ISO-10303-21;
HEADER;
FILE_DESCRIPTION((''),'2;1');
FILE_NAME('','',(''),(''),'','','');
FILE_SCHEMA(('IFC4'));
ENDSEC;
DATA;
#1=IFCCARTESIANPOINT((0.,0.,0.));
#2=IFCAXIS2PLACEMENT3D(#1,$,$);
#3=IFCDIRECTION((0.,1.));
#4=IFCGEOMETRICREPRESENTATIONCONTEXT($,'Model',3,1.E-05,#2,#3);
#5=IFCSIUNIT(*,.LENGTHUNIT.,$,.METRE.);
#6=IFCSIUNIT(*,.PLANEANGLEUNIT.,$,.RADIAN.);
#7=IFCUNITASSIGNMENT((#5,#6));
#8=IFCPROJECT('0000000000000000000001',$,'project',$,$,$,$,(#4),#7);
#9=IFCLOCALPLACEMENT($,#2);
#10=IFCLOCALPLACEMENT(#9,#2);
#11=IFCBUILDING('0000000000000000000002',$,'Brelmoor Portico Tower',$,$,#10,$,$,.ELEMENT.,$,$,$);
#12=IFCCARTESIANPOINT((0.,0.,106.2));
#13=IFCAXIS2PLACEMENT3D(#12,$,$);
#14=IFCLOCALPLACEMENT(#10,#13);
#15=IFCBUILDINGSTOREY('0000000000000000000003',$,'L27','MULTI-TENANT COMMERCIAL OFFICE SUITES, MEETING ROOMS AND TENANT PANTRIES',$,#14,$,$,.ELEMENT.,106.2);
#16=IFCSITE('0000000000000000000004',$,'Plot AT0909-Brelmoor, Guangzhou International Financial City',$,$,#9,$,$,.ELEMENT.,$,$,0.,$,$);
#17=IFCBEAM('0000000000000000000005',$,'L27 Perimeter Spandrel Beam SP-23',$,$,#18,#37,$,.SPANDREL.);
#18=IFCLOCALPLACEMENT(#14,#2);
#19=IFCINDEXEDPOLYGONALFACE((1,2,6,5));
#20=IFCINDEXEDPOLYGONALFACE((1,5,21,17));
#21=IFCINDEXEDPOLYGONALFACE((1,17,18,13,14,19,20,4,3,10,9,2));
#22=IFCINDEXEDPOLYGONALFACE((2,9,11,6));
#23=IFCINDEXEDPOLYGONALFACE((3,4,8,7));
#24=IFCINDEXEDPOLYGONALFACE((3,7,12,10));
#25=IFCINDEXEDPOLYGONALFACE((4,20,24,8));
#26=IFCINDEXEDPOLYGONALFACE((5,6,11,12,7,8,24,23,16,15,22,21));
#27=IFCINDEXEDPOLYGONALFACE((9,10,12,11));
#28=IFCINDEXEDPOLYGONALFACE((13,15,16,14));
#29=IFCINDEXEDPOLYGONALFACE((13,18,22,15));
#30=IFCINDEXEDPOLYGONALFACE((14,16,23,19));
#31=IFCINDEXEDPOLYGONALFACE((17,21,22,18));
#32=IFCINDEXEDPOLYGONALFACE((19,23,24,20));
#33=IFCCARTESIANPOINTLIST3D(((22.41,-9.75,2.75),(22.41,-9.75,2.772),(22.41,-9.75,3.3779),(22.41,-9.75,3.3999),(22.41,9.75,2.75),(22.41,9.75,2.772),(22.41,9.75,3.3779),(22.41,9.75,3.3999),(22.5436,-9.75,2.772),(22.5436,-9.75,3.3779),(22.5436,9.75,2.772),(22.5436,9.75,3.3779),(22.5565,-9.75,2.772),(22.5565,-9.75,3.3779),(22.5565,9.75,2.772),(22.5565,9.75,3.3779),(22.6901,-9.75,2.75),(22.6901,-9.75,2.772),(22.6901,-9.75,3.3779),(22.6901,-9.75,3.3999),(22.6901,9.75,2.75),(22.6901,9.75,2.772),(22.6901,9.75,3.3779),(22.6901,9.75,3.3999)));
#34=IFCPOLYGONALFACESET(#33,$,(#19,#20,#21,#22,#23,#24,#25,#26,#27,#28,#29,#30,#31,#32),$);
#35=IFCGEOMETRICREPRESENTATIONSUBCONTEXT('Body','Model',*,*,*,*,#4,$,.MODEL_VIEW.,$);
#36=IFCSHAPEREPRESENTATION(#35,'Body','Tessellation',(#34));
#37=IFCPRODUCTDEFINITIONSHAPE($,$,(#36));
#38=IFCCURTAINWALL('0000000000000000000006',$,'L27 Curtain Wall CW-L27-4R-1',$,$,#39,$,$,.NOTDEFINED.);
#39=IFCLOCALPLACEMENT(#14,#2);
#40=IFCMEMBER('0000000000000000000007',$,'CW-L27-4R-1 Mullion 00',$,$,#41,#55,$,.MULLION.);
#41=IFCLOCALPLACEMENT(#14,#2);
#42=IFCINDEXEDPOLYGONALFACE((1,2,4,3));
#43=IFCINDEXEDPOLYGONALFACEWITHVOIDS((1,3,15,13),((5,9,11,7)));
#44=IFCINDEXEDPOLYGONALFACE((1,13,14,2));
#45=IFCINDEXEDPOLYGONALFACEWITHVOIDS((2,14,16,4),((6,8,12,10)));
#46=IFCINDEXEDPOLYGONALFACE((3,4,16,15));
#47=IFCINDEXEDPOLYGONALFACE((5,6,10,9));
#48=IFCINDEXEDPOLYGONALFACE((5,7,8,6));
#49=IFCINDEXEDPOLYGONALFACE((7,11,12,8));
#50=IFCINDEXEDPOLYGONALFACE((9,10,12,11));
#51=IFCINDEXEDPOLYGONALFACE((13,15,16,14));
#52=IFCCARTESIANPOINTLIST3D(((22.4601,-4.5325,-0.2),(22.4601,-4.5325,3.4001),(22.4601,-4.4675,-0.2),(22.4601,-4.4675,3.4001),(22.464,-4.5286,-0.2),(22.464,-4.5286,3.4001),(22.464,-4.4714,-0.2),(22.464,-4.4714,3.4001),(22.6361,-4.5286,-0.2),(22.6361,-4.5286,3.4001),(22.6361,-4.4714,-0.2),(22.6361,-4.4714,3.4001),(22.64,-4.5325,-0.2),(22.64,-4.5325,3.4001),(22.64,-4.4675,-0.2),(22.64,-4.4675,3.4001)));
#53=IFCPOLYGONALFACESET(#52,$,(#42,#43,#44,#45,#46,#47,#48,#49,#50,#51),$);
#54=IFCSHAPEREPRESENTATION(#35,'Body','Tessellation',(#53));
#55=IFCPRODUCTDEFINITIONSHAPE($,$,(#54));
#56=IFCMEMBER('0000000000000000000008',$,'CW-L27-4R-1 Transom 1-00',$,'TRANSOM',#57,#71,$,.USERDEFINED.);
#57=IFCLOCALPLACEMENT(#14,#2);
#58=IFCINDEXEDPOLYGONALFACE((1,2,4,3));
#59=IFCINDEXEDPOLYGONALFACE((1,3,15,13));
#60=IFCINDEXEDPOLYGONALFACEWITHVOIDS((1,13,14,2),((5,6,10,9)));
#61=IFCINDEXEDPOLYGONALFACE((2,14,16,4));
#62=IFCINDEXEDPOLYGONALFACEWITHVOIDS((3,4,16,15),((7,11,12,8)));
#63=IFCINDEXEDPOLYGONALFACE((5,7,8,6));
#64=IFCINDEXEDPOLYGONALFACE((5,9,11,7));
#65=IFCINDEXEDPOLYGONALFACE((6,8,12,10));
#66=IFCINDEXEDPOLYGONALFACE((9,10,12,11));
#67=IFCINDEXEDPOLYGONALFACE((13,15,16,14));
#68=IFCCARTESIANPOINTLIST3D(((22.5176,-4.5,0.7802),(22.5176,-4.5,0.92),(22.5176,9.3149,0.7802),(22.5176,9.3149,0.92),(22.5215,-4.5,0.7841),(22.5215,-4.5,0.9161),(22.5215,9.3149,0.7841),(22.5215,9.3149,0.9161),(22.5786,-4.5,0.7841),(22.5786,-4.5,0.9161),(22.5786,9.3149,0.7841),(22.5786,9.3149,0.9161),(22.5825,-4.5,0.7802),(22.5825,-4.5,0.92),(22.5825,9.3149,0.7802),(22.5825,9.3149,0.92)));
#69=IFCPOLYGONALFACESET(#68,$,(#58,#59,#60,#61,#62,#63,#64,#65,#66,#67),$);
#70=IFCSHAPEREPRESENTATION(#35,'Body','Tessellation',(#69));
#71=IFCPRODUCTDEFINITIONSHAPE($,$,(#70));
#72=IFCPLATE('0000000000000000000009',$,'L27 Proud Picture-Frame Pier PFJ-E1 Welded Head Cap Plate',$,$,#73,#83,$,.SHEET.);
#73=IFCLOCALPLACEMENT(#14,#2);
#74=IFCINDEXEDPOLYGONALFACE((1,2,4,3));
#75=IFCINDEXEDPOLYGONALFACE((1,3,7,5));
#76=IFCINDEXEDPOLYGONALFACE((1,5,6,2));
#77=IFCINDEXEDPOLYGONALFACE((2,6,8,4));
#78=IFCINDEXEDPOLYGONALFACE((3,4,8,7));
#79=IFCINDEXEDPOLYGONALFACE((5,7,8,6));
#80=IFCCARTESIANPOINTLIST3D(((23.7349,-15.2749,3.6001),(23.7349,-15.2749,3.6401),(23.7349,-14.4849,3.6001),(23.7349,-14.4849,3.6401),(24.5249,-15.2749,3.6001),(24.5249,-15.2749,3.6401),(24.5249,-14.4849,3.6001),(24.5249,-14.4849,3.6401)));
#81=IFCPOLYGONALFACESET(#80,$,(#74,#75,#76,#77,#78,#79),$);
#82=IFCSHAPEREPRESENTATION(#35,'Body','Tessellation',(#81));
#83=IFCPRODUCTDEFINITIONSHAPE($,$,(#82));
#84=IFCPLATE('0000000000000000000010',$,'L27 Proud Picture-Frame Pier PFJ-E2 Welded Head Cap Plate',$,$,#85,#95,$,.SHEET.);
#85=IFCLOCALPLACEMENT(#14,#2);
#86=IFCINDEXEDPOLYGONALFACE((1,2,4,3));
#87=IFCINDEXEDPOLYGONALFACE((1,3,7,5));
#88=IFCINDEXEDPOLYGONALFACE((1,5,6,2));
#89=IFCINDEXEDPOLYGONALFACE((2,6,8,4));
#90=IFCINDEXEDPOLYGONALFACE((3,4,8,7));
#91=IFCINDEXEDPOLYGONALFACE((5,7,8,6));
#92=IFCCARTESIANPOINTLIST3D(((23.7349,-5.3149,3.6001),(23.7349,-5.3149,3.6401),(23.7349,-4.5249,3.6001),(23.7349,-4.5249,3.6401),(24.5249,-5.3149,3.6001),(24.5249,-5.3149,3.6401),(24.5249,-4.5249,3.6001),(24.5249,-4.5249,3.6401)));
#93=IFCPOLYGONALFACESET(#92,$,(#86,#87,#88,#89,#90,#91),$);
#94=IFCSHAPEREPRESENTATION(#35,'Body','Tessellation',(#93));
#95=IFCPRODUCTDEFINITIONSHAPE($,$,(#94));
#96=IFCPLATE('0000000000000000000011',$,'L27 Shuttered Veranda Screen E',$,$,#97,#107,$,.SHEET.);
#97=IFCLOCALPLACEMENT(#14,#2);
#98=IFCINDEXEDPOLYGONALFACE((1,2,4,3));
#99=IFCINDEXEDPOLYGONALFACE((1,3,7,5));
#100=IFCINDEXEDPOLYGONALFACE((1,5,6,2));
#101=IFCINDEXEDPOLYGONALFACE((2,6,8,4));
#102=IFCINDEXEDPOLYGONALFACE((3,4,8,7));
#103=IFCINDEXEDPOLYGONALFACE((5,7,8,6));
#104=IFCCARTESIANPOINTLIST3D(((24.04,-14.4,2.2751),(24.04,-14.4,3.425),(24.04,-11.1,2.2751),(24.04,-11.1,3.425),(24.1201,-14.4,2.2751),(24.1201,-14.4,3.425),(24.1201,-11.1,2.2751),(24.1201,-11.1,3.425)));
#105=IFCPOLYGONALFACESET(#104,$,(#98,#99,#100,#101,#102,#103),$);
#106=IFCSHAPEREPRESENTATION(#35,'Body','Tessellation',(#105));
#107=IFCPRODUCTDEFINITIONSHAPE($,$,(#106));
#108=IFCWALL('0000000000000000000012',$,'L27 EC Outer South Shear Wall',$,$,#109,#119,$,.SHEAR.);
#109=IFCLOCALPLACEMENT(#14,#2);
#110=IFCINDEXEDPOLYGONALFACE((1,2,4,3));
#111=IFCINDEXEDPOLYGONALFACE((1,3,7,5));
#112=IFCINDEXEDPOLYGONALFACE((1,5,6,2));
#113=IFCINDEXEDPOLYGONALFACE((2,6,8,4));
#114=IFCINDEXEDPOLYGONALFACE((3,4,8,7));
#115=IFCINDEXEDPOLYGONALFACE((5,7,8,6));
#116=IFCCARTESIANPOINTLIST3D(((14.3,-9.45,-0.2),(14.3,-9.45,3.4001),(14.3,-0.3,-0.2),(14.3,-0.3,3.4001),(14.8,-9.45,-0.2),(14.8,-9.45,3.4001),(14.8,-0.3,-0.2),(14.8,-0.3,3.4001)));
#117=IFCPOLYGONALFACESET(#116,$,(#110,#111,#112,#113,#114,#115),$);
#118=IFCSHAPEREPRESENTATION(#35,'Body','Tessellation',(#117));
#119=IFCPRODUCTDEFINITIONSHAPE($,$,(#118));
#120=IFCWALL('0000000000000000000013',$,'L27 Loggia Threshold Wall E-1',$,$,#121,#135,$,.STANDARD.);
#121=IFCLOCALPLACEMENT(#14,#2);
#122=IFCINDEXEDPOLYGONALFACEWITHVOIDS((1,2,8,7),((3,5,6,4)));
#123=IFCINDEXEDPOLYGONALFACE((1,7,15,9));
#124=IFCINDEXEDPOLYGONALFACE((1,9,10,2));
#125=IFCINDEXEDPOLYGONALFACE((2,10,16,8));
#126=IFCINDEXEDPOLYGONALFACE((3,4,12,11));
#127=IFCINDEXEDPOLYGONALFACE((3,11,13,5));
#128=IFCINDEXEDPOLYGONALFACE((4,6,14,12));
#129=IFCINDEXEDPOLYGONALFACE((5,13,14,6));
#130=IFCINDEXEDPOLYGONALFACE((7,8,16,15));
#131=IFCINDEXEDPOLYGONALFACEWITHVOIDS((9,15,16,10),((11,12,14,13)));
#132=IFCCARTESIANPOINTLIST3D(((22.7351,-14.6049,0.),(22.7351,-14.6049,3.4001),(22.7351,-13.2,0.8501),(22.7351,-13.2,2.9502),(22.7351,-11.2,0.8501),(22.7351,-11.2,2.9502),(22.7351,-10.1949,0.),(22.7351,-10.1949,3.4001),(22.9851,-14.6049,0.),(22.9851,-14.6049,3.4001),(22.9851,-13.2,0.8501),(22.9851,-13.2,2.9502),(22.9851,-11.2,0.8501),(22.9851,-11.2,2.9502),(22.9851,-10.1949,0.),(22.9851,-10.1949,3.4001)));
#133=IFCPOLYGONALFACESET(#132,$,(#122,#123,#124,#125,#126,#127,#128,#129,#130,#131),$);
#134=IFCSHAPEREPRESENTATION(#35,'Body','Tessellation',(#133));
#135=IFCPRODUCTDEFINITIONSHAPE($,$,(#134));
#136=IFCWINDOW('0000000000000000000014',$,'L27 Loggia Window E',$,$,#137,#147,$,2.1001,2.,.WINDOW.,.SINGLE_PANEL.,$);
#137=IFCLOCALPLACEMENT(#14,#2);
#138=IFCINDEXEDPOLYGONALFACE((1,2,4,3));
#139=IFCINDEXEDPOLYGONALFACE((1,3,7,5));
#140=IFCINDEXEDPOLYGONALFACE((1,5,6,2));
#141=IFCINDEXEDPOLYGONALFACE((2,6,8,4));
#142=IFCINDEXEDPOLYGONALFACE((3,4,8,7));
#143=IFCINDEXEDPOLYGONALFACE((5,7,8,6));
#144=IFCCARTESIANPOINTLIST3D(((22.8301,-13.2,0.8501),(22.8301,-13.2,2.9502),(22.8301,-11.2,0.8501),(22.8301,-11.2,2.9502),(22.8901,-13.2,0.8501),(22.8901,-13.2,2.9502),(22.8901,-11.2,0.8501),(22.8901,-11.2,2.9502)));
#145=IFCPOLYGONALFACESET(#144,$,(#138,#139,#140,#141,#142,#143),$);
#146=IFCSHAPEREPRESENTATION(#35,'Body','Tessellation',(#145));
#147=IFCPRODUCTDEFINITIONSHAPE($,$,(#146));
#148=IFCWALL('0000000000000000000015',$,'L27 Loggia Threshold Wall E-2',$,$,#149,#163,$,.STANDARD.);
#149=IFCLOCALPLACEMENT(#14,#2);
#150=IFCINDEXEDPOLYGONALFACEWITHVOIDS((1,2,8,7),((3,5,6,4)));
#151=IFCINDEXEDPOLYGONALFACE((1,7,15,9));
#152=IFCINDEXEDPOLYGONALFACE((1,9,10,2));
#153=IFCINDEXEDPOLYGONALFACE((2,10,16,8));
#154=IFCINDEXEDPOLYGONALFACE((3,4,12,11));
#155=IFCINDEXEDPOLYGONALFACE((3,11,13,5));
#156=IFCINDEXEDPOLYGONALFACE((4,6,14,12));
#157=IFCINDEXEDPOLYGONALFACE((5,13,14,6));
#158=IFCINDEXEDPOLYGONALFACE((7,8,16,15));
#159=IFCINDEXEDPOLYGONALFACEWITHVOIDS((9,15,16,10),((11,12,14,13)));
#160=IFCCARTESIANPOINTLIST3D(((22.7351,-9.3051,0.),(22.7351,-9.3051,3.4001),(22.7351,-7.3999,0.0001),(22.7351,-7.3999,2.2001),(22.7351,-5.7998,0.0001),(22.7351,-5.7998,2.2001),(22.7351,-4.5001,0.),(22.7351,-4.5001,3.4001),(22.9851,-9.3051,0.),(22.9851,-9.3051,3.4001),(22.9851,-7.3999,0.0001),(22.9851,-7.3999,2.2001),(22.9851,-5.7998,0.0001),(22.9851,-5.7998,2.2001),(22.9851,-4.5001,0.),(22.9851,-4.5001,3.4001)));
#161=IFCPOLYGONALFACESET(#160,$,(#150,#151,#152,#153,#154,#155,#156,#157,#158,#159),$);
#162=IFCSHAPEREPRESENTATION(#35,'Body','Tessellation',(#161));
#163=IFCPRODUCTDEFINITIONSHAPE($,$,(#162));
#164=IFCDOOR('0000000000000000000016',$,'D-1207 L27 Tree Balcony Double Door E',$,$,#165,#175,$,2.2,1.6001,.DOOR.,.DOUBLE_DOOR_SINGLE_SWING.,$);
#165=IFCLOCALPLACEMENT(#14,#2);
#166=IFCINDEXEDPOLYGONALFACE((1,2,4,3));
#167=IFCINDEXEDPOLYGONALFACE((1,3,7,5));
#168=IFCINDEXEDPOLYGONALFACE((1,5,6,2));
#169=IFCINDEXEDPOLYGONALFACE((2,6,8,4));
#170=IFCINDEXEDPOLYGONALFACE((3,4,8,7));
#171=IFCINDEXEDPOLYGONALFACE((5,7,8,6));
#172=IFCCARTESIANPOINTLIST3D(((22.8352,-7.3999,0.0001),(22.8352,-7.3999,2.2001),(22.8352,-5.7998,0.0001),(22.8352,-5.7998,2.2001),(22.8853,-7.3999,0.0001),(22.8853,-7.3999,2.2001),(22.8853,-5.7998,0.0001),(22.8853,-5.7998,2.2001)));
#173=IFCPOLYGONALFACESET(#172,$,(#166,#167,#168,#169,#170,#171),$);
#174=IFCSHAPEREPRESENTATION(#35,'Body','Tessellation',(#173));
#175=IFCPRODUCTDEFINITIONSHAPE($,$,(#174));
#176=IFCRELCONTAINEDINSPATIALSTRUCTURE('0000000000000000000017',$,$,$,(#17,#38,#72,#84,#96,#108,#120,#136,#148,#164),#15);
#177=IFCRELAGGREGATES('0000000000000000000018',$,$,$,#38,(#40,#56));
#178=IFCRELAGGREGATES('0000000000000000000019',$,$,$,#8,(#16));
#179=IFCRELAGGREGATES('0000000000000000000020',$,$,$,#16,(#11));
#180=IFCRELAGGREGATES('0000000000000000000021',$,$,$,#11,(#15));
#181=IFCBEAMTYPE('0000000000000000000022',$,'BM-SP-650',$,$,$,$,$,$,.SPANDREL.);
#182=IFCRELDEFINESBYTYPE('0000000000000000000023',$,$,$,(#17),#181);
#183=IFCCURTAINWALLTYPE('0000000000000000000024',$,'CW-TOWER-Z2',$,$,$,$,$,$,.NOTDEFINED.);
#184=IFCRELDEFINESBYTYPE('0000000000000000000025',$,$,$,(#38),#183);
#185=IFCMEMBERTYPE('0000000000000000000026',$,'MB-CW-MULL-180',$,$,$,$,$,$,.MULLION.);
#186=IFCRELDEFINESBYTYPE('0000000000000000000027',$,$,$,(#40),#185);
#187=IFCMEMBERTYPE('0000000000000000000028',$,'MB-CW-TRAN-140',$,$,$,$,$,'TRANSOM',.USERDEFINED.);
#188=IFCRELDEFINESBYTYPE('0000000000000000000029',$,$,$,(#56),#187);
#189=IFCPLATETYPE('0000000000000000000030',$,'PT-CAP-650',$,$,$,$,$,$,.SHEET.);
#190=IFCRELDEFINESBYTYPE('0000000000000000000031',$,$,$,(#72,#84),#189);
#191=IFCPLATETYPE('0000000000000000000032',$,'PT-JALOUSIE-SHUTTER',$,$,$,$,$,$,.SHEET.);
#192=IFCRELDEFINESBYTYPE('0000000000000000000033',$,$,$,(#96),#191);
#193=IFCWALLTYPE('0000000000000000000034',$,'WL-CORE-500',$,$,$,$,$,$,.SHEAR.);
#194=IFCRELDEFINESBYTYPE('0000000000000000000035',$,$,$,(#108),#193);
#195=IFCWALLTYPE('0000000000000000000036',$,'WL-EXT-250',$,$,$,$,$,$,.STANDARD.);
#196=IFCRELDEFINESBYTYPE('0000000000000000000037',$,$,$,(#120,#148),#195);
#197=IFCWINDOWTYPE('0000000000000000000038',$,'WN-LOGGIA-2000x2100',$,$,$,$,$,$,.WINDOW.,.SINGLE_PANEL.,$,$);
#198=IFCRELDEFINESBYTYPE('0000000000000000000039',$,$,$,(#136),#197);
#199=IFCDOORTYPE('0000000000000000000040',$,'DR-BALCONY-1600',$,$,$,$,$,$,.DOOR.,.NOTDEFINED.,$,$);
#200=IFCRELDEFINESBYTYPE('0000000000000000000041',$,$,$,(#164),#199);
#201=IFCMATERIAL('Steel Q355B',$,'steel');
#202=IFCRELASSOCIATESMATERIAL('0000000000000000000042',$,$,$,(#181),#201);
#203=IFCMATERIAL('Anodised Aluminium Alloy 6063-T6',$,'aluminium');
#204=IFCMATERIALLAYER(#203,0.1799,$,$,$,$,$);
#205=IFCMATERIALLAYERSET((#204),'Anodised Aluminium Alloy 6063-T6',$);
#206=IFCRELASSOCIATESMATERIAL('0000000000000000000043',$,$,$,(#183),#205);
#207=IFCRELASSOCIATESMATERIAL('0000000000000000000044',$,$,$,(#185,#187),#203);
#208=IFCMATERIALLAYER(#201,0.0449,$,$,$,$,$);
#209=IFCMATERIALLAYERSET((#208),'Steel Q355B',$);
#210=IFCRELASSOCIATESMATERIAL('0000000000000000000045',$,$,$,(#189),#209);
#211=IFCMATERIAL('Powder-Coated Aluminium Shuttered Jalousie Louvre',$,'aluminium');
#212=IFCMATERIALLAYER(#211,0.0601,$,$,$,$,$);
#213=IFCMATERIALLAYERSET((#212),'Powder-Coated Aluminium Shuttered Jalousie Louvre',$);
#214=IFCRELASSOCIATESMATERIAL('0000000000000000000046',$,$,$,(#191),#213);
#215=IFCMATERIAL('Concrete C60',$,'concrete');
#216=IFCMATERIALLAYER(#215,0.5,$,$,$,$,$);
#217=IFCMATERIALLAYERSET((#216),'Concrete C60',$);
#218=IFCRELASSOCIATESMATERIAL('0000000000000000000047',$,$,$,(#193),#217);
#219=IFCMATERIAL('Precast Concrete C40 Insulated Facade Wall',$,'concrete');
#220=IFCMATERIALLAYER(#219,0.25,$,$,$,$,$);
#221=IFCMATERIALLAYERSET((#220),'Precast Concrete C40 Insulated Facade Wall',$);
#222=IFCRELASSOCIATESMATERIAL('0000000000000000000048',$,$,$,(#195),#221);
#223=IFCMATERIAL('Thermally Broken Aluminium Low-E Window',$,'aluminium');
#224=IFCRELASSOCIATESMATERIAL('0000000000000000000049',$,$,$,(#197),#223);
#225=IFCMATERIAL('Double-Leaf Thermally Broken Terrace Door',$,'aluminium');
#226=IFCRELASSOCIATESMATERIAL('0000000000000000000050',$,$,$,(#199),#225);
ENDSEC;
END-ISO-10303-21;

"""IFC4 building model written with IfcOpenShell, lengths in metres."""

from ifc_helpers import new_model, si_unit, direction, frame, frame_2d, origin, origin_2d, place, context, subcontext, project, spatial, rectangle, hollow_rectangle, i_section, extrude, material, layer, layer_set, material_profile, profile_set, type_object, element, fill, aggregate, save


model = new_model("IFC4")

# Units and contexts
model_context = context("Model", 3, precision=1e-05, world=origin(), true_north=direction((0.0, 1.0)))
body_context = subcontext(model_context, "Body", "Model", "MODEL_VIEW")
ifc_project = project(units=[si_unit("LENGTHUNIT", "METRE"), si_unit("PLANEANGLEUNIT", "RADIAN")], contexts=[model_context])

# Site, building, storey
site_placement = place(None, origin())
site = spatial("IfcSite", under=ifc_project, at=site_placement, Name="Plot AT0909-Brelmoor, Guangzhou International Financial City", CompositionType="ELEMENT", RefElevation=0.0)
building_placement = place(site_placement, origin())
building = spatial("IfcBuilding", under=site, at=building_placement, Name="Brelmoor Portico Tower", CompositionType="ELEMENT")
storey_placement = place(building_placement, frame((0.0, 0.0, 106.2)))
storey = spatial("IfcBuildingStorey", under=building, at=storey_placement, Name="L27", Description="MULTI-TENANT COMMERCIAL OFFICE SUITES, MEETING ROOMS AND TENANT PANTRIES", CompositionType="ELEMENT", Elevation=106.2)

# Shared definitions
ifc_material_1 = material(Name="Steel Q355B", Category="steel")

# Beam
ifc_material_profile_1 = material_profile(ifc_material_1, i_section(OverallWidth=0.28, OverallDepth=0.6499, WebThickness=0.0129, FlangeThickness=0.022, at=origin_2d()), Name="HN 650x280x13x22")
ifc_profile_set_1 = profile_set([ifc_material_profile_1], Name="Steel Q355B")
beam_type_1 = type_object("IfcBeamType", Name="BM-SP-650", PredefinedType="SPANDREL", material=ifc_profile_set_1)
beam_1_placement = place(storey_placement, frame((22.55, -9.75, 3.075), z_axis=(0.0, 1.0, 0.0), x_axis=(-1.0, 0.0, 0.0)))
element("IfcBeam", 1, at=beam_1_placement, inside=storey, type_object=beam_type_1, Name="L27 Perimeter Spandrel Beam SP-23", PredefinedType="SPANDREL", context=body_context, shape_type="SweptSolid", body=[
    extrude(i_section(OverallWidth=0.28, OverallDepth=0.6499, WebThickness=0.0129, FlangeThickness=0.022, at=origin_2d()), origin(), (0.0, 0.0, 1.0), 19.5),
])

# Curtain wall, members
ifc_material_2 = material(Name="Anodised Aluminium Alloy 6063-T6", Category="aluminium")
ifc_layer_1 = layer(ifc_material_2, 0.1799)
ifc_layer_set_1 = layer_set([ifc_layer_1], Name="Anodised Aluminium Alloy 6063-T6")
curtain_wall_type = type_object("IfcCurtainWallType", Name="CW-TOWER-Z2", PredefinedType="NOTDEFINED", material=ifc_layer_set_1)
curtain_wall_placement = place(storey_placement, origin())
curtain_wall = element("IfcCurtainWall", 2, at=curtain_wall_placement, inside=storey, type_object=curtain_wall_type, Name="L27 Curtain Wall CW-L27-4R-1", PredefinedType="NOTDEFINED")
ifc_material_profile_2 = material_profile(ifc_material_2, hollow_rectangle(XDim=0.0649, YDim=0.1799, WallThickness=0.0039, at=origin_2d()), Name="ALU MULLION 65x180")
ifc_profile_set_2 = profile_set([ifc_material_profile_2], Name="Anodised Aluminium Alloy 6063-T6")
member_type_1 = type_object("IfcMemberType", Name="MB-CW-MULL-180", PredefinedType="MULLION", material=ifc_profile_set_2)
member_1_placement = place(storey_placement, frame((22.55, -4.5, -0.2), z_axis=(0.0, 0.0, 1.0), x_axis=(0.0, 1.0, 0.0)))
member_1 = element("IfcMember", 3, at=member_1_placement, type_object=member_type_1, Name="CW-L27-4R-1 Mullion 00", PredefinedType="MULLION", context=body_context, shape_type="SweptSolid", body=[
    extrude(hollow_rectangle(XDim=0.0649, YDim=0.1799, WallThickness=0.0039, at=origin_2d()), origin(), (0.0, 0.0, 1.0), 3.6001),
])
ifc_material_profile_3 = material_profile(ifc_material_2, hollow_rectangle(XDim=0.0649, YDim=0.1399, WallThickness=0.0039, at=origin_2d()), Name="ALU TRANSOM 65x140")
ifc_profile_set_3 = profile_set([ifc_material_profile_3], Name="Anodised Aluminium Alloy 6063-T6")
member_type_2 = type_object("IfcMemberType", Name="MB-CW-TRAN-140", ElementType="TRANSOM", PredefinedType="USERDEFINED", material=ifc_profile_set_3)
member_2_placement = place(storey_placement, frame((22.55, -4.5, 0.8501), z_axis=(0.0, 1.0, 0.0), x_axis=(-1.0, 0.0, 0.0)))
member_2 = element("IfcMember", 4, at=member_2_placement, type_object=member_type_2, Name="CW-L27-4R-1 Transom 1-00", ObjectType="TRANSOM", PredefinedType="USERDEFINED", context=body_context, shape_type="SweptSolid", body=[
    extrude(hollow_rectangle(XDim=0.0649, YDim=0.1399, WallThickness=0.0039, at=origin_2d()), origin(), (0.0, 0.0, 1.0), 13.8149),
])
aggregate(curtain_wall, [member_1, member_2])

# Plates
ifc_layer_2 = layer(ifc_material_1, 0.0449)
ifc_layer_set_2 = layer_set([ifc_layer_2], Name="Steel Q355B")
plate_type_1 = type_object("IfcPlateType", Name="PT-CAP-650", PredefinedType="SHEET", material=ifc_layer_set_2)
for number, where, z_axis, x_axis, name in (
    (5, (24.1299, -14.8799, 3.6001), (0.0, 0.0, 1.0), (0.0, 1.0, 0.0), "L27 Proud Picture-Frame Pier PFJ-E1 Welded Head Cap Plate"),
    (6, (24.1299, -4.9199, 3.6001), (0.0, 0.0, 1.0), (0.0, 1.0, 0.0), "L27 Proud Picture-Frame Pier PFJ-E2 Welded Head Cap Plate"),
):
    element("IfcPlate", number, at=place(storey_placement, frame(where, z_axis=z_axis, x_axis=x_axis)), inside=storey, type_object=plate_type_1, Name=name, PredefinedType="SHEET", context=body_context, shape_type="SweptSolid", body=[
        extrude(rectangle(XDim=0.79, YDim=0.79, at=origin_2d()), origin(), (0.0, 0.0, 1.0), 0.04),
    ])
ifc_material_3 = material(Name="Powder-Coated Aluminium Shuttered Jalousie Louvre", Category="aluminium")
ifc_layer_3 = layer(ifc_material_3, 0.0601)
ifc_layer_set_3 = layer_set([ifc_layer_3], Name="Powder-Coated Aluminium Shuttered Jalousie Louvre")
plate_type_2 = type_object("IfcPlateType", Name="PT-JALOUSIE-SHUTTER", PredefinedType="SHEET", material=ifc_layer_set_3)
plate_placement = place(storey_placement, frame((24.0801, -12.75, 2.2751), z_axis=(0.0, 0.0, 1.0), x_axis=(0.0, 1.0, 0.0)))
element("IfcPlate", 7, at=plate_placement, inside=storey, type_object=plate_type_2, Name="L27 Shuttered Veranda Screen E", PredefinedType="SHEET", context=body_context, shape_type="SweptSolid", body=[
    extrude(rectangle(XDim=3.3, YDim=0.0801, at=origin_2d()), origin(), (0.0, 0.0, 1.0), 1.1499),
])

# Wall
ifc_material_4 = material(Name="Concrete C60", Category="concrete")
ifc_layer_4 = layer(ifc_material_4, 0.5)
ifc_layer_set_4 = layer_set([ifc_layer_4], Name="Concrete C60")
wall_type_1 = type_object("IfcWallType", Name="WL-CORE-500", PredefinedType="SHEAR", material=ifc_layer_set_4)
wall_1_placement = place(storey_placement, frame((14.55, -9.45, -0.2), z_axis=(0.0, 0.0, 1.0), x_axis=(0.0, 1.0, 0.0)))
element("IfcWall", 8, at=wall_1_placement, inside=storey, type_object=wall_type_1, Name="L27 EC Outer South Shear Wall", PredefinedType="SHEAR", context=body_context, shape_type="SweptSolid", body=[
    extrude(rectangle(XDim=9.1499, YDim=0.5, at=frame_2d((4.575, 0.0))), origin(), (0.0, 0.0, 1.0), 3.6001),
])

# Wall, opening, window
ifc_material_5 = material(Name="Precast Concrete C40 Insulated Facade Wall", Category="concrete")
ifc_layer_5 = layer(ifc_material_5, 0.25)
ifc_layer_set_5 = layer_set([ifc_layer_5], Name="Precast Concrete C40 Insulated Facade Wall")
wall_type_2 = type_object("IfcWallType", Name="WL-EXT-250", PredefinedType="STANDARD", material=ifc_layer_set_5)
wall_2_placement = place(storey_placement, frame((22.8601, -14.605, 0.0), z_axis=(0.0, 0.0, 1.0), x_axis=(0.0, 1.0, 0.0)))
wall_2 = element("IfcWall", 9, at=wall_2_placement, inside=storey, type_object=wall_type_2, Name="L27 Loggia Threshold Wall E-1", PredefinedType="STANDARD", context=body_context, shape_type="SweptSolid", body=[
    extrude(rectangle(XDim=4.4099, YDim=0.25, at=frame_2d((2.2051, 0.0))), origin(), (0.0, 0.0, 1.0), 3.4001),
])
opening_1_placement = place(wall_2_placement, frame((1.405, 0.0, 0.8501)))
opening_1 = element("IfcOpeningElement", 10, at=opening_1_placement, cuts=wall_2, PredefinedType="OPENING", context=body_context, shape_type="SweptSolid", body=[
    extrude(rectangle(XDim=2.0, YDim=2.1001, at=frame_2d((1.0, 1.05))), frame((0.0, 0.135, 0.0), z_axis=(0.0, -1.0, 0.0), x_axis=(1.0, 0.0, 0.0)), (0.0, 0.0, 1.0), 0.27),
])
ifc_material_6 = material(Name="Thermally Broken Aluminium Low-E Window", Category="aluminium")
window_type = type_object("IfcWindowType", Name="WN-LOGGIA-2000x2100", PartitioningType="SINGLE_PANEL", PredefinedType="WINDOW", material=ifc_material_6)
window_placement = place(opening_1_placement, origin())
window = element("IfcWindow", 11, at=window_placement, inside=storey, type_object=window_type, Name="L27 Loggia Window E", OverallHeight=2.1001, OverallWidth=2.0, PartitioningType="SINGLE_PANEL", PredefinedType="WINDOW", context=body_context, shape_type="SweptSolid", body=[
    extrude(rectangle(XDim=2.0, YDim=2.1001, at=frame_2d((1.0, 1.05))), frame((0.0, 0.03, 0.0), z_axis=(0.0, -1.0, 0.0), x_axis=(1.0, 0.0, 0.0)), (0.0, 0.0, 1.0), 0.0601),
])
fill(opening_1, window)

# Wall, opening, door
wall_3_placement = place(storey_placement, frame((22.8601, -9.3049, 0.0), z_axis=(0.0, 0.0, 1.0), x_axis=(0.0, 1.0, 0.0)))
wall_3 = element("IfcWall", 12, at=wall_3_placement, inside=storey, type_object=wall_type_2, Name="L27 Loggia Threshold Wall E-2", PredefinedType="STANDARD", context=body_context, shape_type="SweptSolid", body=[
    extrude(rectangle(XDim=4.8049, YDim=0.25, at=frame_2d((2.4023, 0.0))), origin(), (0.0, 0.0, 1.0), 3.4001),
])
opening_2_placement = place(wall_3_placement, frame((1.905, 0.0, 0.0)))
opening_2 = element("IfcOpeningElement", 13, at=opening_2_placement, cuts=wall_3, PredefinedType="OPENING", context=body_context, shape_type="SweptSolid", body=[
    extrude(rectangle(XDim=1.6001, YDim=2.2, at=frame_2d((0.8, 1.1001))), frame((0.0, 0.135, 0.0), z_axis=(0.0, -1.0, 0.0), x_axis=(1.0, 0.0, 0.0)), (0.0, 0.0, 1.0), 0.27),
])
ifc_material_7 = material(Name="Double-Leaf Thermally Broken Terrace Door", Category="aluminium")
door_type_1 = type_object("IfcDoorType", Name="DR-BALCONY-1600", OperationType="NOTDEFINED", PredefinedType="DOOR", material=ifc_material_7)
door_1_placement = place(opening_2_placement, origin())
door_1 = element("IfcDoor", 14, at=door_1_placement, inside=storey, type_object=door_type_1, Name="D-1207 L27 Tree Balcony Double Door E", OperationType="DOUBLE_DOOR_SINGLE_SWING", OverallHeight=2.2, OverallWidth=1.6001, PredefinedType="DOOR", context=body_context, shape_type="SweptSolid", body=[
    extrude(rectangle(XDim=1.6001, YDim=2.2, at=frame_2d((0.8, 1.1001))), frame((0.0, 0.0249, 0.0), z_axis=(0.0, -1.0, 0.0), x_axis=(1.0, 0.0, 0.0)), (0.0, 0.0, 1.0), 0.05),
])
fill(opening_2, door_1)

save(model, "model.ifc")
